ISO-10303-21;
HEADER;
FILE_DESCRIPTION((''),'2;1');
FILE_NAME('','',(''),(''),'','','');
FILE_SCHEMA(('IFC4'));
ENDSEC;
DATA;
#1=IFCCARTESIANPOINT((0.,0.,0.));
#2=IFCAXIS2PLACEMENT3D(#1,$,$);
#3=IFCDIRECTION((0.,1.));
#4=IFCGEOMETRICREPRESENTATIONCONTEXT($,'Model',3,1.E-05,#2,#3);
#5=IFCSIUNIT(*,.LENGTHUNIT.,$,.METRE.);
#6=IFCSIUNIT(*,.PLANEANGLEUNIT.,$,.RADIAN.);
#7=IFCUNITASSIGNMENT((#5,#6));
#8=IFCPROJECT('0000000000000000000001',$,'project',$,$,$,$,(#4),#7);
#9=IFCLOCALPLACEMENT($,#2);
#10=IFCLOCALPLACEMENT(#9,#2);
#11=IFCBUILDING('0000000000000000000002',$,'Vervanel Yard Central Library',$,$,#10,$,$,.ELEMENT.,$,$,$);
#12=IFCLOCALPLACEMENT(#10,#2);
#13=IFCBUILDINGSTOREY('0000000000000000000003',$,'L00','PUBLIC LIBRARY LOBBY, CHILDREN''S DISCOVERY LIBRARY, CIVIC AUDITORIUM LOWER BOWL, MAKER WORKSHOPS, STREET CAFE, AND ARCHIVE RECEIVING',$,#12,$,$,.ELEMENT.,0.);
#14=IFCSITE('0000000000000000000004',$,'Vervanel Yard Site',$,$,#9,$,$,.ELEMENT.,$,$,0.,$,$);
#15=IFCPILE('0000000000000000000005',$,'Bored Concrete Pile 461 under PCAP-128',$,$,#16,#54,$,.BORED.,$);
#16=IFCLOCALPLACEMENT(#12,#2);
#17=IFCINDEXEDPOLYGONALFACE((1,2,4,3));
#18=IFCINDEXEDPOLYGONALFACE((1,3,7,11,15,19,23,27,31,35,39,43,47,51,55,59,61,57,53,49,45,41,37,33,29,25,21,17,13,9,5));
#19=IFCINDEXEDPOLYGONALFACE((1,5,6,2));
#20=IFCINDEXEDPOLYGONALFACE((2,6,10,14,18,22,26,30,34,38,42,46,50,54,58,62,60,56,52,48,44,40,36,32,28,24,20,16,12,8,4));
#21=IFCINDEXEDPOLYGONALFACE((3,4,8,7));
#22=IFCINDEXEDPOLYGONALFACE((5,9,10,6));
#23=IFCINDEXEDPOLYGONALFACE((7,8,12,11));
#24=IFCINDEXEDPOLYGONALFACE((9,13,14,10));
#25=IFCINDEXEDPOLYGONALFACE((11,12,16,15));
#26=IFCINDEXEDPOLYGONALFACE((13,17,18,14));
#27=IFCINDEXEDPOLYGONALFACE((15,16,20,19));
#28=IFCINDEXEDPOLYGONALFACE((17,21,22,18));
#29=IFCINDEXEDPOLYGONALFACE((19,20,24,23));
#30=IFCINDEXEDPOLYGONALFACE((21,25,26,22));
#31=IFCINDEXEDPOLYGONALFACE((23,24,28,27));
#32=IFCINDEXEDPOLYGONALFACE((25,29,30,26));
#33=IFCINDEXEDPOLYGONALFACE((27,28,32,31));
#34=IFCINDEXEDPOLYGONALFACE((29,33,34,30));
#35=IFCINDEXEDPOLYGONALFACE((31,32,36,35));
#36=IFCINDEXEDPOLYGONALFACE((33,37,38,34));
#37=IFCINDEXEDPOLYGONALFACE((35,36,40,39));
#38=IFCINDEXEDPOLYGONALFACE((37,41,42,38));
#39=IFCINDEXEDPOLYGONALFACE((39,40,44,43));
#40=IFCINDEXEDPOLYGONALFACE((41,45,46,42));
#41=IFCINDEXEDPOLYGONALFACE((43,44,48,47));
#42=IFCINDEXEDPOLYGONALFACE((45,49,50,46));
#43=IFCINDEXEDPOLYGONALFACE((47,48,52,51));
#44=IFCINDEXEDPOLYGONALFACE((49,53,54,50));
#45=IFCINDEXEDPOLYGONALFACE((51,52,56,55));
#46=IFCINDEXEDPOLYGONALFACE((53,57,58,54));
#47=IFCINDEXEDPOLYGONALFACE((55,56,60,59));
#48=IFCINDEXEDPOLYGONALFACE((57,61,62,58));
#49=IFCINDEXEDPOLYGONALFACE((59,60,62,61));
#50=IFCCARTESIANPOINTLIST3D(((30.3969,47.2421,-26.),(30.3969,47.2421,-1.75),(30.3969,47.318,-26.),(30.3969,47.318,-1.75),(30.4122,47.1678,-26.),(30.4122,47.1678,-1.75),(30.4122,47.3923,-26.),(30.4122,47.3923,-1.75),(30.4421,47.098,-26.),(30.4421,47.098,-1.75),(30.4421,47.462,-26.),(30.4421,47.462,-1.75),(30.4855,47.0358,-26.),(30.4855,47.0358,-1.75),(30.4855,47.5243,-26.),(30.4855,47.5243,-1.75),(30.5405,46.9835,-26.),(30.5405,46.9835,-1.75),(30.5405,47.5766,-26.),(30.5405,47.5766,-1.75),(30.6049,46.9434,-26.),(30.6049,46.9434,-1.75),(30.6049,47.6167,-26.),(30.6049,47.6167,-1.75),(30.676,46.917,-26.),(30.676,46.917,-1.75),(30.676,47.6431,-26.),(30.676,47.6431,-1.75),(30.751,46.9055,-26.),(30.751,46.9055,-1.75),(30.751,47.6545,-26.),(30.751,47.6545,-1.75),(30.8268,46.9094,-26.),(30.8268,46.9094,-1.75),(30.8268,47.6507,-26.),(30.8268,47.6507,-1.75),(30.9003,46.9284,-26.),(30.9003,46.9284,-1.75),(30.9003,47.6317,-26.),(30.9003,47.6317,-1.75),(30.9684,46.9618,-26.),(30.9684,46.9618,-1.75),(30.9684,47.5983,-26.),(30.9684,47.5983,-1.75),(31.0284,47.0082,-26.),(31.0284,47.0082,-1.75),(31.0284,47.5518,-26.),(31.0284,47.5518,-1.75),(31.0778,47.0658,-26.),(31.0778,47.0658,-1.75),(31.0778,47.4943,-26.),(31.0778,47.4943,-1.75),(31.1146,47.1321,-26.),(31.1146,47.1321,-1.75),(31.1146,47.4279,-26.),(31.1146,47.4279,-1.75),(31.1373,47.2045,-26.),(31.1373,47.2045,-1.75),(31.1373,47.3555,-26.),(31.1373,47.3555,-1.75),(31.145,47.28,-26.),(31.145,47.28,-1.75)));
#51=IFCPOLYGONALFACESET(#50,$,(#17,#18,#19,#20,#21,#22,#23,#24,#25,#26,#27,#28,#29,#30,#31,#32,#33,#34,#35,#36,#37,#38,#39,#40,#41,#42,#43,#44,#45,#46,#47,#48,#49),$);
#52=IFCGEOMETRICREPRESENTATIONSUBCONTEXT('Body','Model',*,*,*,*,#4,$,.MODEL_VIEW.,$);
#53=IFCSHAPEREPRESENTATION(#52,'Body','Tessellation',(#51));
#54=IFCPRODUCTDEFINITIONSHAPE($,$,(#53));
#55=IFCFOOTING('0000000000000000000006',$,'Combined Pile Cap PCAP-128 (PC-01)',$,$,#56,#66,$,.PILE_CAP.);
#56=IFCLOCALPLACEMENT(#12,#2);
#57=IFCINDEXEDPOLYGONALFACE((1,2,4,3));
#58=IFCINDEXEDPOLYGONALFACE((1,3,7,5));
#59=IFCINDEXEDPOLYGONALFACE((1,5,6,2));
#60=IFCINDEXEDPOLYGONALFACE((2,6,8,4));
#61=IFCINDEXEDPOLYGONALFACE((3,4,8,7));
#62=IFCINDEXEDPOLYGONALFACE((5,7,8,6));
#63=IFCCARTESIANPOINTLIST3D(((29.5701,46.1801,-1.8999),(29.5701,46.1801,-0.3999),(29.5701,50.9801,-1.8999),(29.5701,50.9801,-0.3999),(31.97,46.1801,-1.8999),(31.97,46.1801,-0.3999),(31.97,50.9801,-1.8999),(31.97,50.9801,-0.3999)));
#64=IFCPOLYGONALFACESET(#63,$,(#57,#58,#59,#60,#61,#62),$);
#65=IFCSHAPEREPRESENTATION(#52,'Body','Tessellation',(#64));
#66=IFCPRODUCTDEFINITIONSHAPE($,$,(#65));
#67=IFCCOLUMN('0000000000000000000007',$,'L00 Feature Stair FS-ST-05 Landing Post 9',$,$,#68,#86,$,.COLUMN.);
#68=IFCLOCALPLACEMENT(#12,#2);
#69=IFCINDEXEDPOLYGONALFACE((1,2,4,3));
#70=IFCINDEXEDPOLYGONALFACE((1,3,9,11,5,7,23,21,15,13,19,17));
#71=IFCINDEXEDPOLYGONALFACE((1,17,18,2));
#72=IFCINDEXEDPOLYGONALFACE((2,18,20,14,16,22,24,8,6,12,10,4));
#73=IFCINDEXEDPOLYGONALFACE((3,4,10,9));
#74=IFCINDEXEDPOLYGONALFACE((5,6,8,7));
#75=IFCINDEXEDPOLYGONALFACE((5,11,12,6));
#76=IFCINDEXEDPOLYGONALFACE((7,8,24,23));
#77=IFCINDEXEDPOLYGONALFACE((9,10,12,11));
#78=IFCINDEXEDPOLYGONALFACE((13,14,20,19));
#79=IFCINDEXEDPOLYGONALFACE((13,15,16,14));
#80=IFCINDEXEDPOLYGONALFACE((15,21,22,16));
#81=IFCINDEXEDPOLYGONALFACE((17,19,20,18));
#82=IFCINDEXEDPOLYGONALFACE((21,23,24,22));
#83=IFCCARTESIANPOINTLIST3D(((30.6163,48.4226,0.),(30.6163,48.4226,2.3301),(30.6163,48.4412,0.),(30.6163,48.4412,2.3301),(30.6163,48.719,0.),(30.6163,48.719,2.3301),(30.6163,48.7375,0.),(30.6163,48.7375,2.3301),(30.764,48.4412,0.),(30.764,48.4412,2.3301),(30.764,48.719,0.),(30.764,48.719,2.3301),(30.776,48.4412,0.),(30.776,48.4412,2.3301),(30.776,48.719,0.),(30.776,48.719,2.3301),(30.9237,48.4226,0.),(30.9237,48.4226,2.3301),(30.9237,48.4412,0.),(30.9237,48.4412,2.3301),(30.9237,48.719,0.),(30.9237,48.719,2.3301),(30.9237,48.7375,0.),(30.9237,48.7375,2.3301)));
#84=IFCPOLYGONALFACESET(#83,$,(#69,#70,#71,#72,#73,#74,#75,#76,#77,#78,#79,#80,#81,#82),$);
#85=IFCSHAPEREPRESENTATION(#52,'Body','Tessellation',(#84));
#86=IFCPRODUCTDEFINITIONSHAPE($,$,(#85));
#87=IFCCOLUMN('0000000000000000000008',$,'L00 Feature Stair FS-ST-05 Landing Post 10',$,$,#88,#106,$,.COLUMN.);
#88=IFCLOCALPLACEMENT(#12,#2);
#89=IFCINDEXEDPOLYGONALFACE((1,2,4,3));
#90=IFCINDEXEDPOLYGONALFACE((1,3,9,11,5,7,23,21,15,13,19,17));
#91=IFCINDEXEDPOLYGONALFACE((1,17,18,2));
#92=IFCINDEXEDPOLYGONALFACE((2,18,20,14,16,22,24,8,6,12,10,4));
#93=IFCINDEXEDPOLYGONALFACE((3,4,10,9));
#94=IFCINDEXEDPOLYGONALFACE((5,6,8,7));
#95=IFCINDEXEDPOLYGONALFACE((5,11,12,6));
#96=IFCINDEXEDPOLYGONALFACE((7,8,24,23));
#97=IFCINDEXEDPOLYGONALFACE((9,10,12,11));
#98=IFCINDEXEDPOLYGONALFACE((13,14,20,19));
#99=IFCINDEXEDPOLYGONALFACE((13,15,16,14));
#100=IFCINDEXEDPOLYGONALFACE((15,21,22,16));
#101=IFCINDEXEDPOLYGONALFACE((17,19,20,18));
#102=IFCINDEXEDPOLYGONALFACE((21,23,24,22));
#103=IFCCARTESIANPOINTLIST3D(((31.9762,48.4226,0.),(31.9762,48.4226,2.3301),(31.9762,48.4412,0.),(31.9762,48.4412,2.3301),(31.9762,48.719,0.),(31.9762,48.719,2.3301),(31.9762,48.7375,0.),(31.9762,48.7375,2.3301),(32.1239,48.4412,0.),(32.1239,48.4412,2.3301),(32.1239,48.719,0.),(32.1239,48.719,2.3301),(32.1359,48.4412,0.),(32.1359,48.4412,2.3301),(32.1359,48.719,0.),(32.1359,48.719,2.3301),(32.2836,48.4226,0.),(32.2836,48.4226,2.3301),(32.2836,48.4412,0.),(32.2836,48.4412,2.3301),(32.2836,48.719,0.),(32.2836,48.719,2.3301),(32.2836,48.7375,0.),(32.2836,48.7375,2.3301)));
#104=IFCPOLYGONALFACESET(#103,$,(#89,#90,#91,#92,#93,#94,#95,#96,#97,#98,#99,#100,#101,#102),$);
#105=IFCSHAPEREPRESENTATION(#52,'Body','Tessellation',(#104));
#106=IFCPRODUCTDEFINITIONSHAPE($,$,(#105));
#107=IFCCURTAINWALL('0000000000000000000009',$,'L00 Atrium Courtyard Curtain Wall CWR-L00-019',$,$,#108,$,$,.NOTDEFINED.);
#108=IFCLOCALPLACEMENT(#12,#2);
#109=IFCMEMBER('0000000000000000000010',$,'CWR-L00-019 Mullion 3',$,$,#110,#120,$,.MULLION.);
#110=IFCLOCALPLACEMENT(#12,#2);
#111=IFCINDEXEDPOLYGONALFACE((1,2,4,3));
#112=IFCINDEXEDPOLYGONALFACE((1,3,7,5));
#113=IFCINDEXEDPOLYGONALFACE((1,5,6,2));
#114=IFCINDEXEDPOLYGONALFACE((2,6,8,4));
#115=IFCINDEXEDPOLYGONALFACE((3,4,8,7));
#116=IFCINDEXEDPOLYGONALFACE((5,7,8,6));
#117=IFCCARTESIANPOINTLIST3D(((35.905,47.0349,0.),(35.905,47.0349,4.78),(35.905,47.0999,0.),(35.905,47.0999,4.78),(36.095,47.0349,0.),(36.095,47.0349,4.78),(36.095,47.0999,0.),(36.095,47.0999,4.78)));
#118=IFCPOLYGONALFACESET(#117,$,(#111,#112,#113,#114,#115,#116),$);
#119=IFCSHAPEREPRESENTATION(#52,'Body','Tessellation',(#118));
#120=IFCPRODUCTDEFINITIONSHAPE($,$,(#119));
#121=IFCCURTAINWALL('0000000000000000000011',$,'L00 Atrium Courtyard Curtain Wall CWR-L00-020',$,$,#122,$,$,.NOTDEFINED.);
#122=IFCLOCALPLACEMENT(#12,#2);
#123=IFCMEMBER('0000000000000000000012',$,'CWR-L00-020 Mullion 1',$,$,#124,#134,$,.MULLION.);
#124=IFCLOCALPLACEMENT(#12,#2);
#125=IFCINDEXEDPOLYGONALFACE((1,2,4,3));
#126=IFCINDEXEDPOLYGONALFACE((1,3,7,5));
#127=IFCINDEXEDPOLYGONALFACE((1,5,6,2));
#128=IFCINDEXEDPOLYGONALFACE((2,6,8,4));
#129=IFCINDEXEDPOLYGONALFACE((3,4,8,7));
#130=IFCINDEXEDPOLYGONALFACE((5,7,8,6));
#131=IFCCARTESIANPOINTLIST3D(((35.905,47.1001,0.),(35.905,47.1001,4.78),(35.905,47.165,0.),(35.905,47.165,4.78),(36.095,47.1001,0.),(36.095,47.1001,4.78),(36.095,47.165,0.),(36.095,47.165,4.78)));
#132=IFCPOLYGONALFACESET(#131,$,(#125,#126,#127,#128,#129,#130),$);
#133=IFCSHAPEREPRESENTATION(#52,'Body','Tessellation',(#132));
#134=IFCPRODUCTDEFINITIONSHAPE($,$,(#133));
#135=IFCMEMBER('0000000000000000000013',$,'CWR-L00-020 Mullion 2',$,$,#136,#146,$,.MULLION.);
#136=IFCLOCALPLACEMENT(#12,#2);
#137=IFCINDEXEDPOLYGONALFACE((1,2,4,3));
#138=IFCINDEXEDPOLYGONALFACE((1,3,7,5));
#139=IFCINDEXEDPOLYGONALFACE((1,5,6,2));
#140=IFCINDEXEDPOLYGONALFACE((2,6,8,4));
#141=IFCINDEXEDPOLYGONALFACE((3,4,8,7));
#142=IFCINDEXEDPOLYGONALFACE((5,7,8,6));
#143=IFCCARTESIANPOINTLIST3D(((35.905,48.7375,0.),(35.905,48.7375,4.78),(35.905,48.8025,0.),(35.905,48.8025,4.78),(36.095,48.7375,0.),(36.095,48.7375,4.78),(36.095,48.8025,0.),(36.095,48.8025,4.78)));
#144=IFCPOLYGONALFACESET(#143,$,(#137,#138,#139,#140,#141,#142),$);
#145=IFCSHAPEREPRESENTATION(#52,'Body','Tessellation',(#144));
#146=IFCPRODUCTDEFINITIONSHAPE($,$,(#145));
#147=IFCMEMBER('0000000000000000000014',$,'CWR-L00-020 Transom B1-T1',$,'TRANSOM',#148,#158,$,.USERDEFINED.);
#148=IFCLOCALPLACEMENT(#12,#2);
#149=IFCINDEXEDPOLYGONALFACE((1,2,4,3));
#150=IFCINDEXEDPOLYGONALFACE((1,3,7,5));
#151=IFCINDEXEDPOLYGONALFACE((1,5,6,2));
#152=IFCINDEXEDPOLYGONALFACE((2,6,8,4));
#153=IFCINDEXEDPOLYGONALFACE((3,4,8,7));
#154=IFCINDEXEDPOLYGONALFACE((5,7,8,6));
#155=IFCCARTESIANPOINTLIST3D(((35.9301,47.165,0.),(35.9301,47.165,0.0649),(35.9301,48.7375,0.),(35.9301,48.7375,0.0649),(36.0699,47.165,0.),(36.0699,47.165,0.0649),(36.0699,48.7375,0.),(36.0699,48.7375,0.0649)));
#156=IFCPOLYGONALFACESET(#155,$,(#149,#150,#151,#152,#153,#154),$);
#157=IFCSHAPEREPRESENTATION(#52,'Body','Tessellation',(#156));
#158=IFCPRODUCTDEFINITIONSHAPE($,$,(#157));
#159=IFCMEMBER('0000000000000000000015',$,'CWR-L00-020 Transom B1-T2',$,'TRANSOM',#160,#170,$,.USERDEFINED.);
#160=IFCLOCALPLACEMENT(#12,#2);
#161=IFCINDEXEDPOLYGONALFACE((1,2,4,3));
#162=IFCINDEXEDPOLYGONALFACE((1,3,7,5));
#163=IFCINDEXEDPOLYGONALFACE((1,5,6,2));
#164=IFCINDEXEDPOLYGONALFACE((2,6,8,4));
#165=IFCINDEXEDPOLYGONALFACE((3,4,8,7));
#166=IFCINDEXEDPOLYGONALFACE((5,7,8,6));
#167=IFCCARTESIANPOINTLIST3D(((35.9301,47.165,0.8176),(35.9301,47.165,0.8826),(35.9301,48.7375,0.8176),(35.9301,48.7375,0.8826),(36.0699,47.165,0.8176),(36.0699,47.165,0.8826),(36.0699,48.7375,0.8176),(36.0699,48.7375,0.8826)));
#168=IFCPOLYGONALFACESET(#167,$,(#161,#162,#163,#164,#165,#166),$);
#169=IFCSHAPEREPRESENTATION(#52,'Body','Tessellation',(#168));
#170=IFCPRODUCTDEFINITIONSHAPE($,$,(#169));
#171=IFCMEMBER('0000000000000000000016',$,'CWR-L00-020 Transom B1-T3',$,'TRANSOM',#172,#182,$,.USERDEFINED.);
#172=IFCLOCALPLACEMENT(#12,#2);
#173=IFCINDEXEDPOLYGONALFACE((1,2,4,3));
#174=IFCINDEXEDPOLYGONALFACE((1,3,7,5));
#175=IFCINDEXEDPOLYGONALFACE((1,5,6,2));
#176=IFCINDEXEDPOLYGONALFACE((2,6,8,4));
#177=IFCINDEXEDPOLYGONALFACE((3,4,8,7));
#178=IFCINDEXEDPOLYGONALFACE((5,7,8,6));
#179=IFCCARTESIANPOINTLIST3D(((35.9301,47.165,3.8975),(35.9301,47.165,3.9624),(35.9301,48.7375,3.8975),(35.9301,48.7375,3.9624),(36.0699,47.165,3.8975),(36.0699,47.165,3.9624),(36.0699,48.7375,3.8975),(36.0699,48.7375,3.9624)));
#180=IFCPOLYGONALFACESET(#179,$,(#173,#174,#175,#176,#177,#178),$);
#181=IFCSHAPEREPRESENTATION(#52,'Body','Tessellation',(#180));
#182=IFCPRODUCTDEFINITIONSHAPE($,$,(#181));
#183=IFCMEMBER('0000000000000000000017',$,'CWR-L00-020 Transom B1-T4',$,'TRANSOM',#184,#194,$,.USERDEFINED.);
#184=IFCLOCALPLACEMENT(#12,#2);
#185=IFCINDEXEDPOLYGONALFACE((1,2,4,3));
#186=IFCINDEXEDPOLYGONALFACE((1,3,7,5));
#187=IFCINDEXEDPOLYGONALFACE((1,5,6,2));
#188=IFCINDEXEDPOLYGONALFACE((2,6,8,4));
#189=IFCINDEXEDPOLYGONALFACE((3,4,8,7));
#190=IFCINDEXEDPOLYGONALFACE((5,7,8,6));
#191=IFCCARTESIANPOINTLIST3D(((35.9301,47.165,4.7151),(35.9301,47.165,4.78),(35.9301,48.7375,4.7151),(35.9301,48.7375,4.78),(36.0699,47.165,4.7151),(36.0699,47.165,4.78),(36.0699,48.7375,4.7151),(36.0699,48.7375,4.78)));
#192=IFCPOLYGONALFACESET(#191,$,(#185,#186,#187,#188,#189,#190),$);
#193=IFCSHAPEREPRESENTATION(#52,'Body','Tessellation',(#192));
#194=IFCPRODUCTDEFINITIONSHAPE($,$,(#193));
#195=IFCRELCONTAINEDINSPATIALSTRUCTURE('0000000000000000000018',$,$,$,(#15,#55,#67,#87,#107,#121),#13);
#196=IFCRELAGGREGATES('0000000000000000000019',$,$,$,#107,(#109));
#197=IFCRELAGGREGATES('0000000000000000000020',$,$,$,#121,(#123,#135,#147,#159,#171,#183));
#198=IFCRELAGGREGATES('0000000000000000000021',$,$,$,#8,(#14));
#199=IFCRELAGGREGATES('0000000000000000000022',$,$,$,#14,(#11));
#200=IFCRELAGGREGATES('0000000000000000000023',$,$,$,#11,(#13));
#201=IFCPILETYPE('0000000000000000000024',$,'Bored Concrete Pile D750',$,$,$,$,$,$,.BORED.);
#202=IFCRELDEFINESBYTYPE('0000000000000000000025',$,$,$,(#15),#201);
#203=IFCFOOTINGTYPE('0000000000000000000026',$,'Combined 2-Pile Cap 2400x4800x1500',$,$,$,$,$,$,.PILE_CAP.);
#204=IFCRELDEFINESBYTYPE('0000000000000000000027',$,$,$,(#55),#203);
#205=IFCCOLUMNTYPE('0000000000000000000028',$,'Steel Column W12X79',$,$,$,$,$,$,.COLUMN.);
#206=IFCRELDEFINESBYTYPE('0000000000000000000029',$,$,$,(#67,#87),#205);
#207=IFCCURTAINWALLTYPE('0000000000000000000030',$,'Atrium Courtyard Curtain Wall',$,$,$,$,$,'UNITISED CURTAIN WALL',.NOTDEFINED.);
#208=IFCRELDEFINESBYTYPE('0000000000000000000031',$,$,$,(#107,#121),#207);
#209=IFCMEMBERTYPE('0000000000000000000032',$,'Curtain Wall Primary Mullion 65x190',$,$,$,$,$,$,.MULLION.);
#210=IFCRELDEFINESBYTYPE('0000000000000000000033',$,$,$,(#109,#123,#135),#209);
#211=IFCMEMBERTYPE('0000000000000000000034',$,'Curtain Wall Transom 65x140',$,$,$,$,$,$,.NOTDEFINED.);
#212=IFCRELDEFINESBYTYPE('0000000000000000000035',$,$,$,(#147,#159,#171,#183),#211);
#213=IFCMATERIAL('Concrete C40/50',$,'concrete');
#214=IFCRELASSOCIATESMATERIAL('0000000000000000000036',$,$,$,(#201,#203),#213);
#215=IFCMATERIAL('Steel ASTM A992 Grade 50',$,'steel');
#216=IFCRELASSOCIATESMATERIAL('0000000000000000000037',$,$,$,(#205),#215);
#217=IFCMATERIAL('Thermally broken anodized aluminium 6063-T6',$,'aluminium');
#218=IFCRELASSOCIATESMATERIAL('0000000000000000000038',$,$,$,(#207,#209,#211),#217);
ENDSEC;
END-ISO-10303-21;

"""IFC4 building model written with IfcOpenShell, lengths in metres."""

from ifc_helpers import new_model, si_unit, direction, frame, origin, origin_2d, place, context, subcontext, project, spatial, rectangle, circle, i_section, extrude, material, material_profile, profile_set, type_object, element, aggregate, save


model = new_model("IFC4")

# Units and contexts
model_context = context("Model", 3, precision=1e-05, world=origin(), true_north=direction((0.0, 1.0)))
body_context = subcontext(model_context, "Body", "Model", "MODEL_VIEW")
ifc_project = project(units=[si_unit("LENGTHUNIT", "METRE"), si_unit("PLANEANGLEUNIT", "RADIAN")], contexts=[model_context])

# Site, building, storey
site_placement = place(None, origin())
site = spatial("IfcSite", under=ifc_project, at=site_placement, Name="Vervanel Yard Site", CompositionType="ELEMENT", RefElevation=0.0)
building_placement = place(site_placement, origin())
building = spatial("IfcBuilding", under=site, at=building_placement, Name="Vervanel Yard Central Library", CompositionType="ELEMENT")
storey_placement = place(building_placement, origin())
storey = spatial("IfcBuildingStorey", under=building, at=storey_placement, Name="L00", Description="PUBLIC LIBRARY LOBBY, CHILDREN'S DISCOVERY LIBRARY, CIVIC AUDITORIUM LOWER BOWL, MAKER WORKSHOPS, STREET CAFE, AND ARCHIVE RECEIVING", CompositionType="ELEMENT", Elevation=0.0)

# Pile
ifc_material_1 = material(Name="Concrete C40/50", Category="concrete")
ifc_material_profile_1 = material_profile(ifc_material_1, circle(Radius=0.375, at=origin_2d()), Name="BP D750", Category="concrete")
ifc_profile_set_1 = profile_set([ifc_material_profile_1], Name="Concrete C40/50")
pile_type = type_object("IfcPileType", Name="Bored Concrete Pile D750", PredefinedType="BORED", material=ifc_profile_set_1)
pile_placement = place(storey_placement, frame((30.77, 47.28, -1.75), z_axis=(0.0, 0.0, -1.0), x_axis=(1.0, 0.0, 0.0)))
element("IfcPile", 1, at=pile_placement, inside=storey, type_object=pile_type, Name="Bored Concrete Pile 461 under PCAP-128", PredefinedType="BORED", context=body_context, shape_type="SweptSolid", body=[
    extrude(circle(Radius=0.375, at=origin_2d()), origin(), (0.0, 0.0, 1.0), 24.25),
])

# Footing
footing_type = type_object("IfcFootingType", Name="Combined 2-Pile Cap 2400x4800x1500", PredefinedType="PILE_CAP", material=ifc_material_1)
footing_placement = place(storey_placement, frame((30.77, 48.5801, -1.8999), z_axis=(0.0, 0.0, 1.0), x_axis=(1.0, 0.0, 0.0)))
element("IfcFooting", 2, at=footing_placement, inside=storey, type_object=footing_type, Name="Combined Pile Cap PCAP-128 (PC-01)", PredefinedType="PILE_CAP", context=body_context, shape_type="SweptSolid", body=[
    extrude(rectangle(XDim=2.3999, YDim=4.8, at=origin_2d()), origin(), (0.0, 0.0, 1.0), 1.5),
])

# Columns
ifc_material_2 = material(Name="Steel ASTM A992 Grade 50", Category="steel")
ifc_material_profile_2 = material_profile(ifc_material_2, i_section(OverallWidth=0.3074, OverallDepth=0.3149, WebThickness=0.012, FlangeThickness=0.0186, at=origin_2d()), Name="W12X79", Category="steel")
ifc_profile_set_2 = profile_set([ifc_material_profile_2], Name="Steel ASTM A992 Grade 50")
column_type = type_object("IfcColumnType", Name="Steel Column W12X79", PredefinedType="COLUMN", material=ifc_profile_set_2)
for number, where, z_axis, x_axis, name in (
    (3, (30.77, 48.5801, 0.0), (0.0, 0.0, 1.0), (1.0, 0.0, 0.0), "L00 Feature Stair FS-ST-05 Landing Post 9"),
    (4, (32.1299, 48.5801, 0.0), (0.0, 0.0, 1.0), (1.0, 0.0, 0.0), "L00 Feature Stair FS-ST-05 Landing Post 10"),
):
    element("IfcColumn", number, at=place(storey_placement, frame(where, z_axis=z_axis, x_axis=x_axis)), inside=storey, type_object=column_type, Name=name, PredefinedType="COLUMN", context=body_context, shape_type="SweptSolid", body=[
        extrude(i_section(OverallWidth=0.3074, OverallDepth=0.3149, WebThickness=0.012, FlangeThickness=0.0186, at=origin_2d()), origin(), (0.0, 0.0, 1.0), 2.3301),
    ])

# Curtain wall, member
ifc_material_3 = material(Name="Thermally broken anodized aluminium 6063-T6", Category="aluminium")
curtain_wall_type = type_object("IfcCurtainWallType", Name="Atrium Courtyard Curtain Wall", ElementType="UNITISED CURTAIN WALL", PredefinedType="NOTDEFINED", material=ifc_material_3)
curtain_wall_1_placement = place(storey_placement, origin())
curtain_wall_1 = element("IfcCurtainWall", 5, at=curtain_wall_1_placement, inside=storey, type_object=curtain_wall_type, Name="L00 Atrium Courtyard Curtain Wall CWR-L00-019", PredefinedType="NOTDEFINED")
ifc_material_profile_3 = material_profile(ifc_material_3, rectangle(XDim=0.0649, YDim=0.1899, at=origin_2d()), Name="ALU 65x190", Category="aluminium")
ifc_profile_set_3 = profile_set([ifc_material_profile_3], Name="Thermally broken anodized aluminium 6063-T6")
member_type_1 = type_object("IfcMemberType", Name="Curtain Wall Primary Mullion 65x190", PredefinedType="MULLION", material=ifc_profile_set_3)
member_1_placement = place(storey_placement, frame((36.0, 47.0674, 0.0), z_axis=(0.0, 0.0, 1.0), x_axis=(0.0, 1.0, 0.0)))
member_1 = element("IfcMember", 6, at=member_1_placement, type_object=member_type_1, Name="CWR-L00-019 Mullion 3", PredefinedType="MULLION", context=body_context, shape_type="SweptSolid", body=[
    extrude(rectangle(XDim=0.0649, YDim=0.1899, at=origin_2d()), origin(), (0.0, 0.0, 1.0), 4.78),
])

# Curtain wall, members
curtain_wall_2_placement = place(storey_placement, origin())
curtain_wall_2 = element("IfcCurtainWall", 7, at=curtain_wall_2_placement, inside=storey, type_object=curtain_wall_type, Name="L00 Atrium Courtyard Curtain Wall CWR-L00-020", PredefinedType="NOTDEFINED")
member_2_placement = place(storey_placement, frame((36.0, 47.1326, 0.0), z_axis=(0.0, 0.0, 1.0), x_axis=(0.0, 1.0, 0.0)))
member_2 = element("IfcMember", 8, at=member_2_placement, type_object=member_type_1, Name="CWR-L00-020 Mullion 1", PredefinedType="MULLION", context=body_context, shape_type="SweptSolid", body=[
    extrude(rectangle(XDim=0.0649, YDim=0.1899, at=origin_2d()), origin(), (0.0, 0.0, 1.0), 4.78),
])
member_3_placement = place(storey_placement, frame((36.0, 48.77, 0.0), z_axis=(0.0, 0.0, 1.0), x_axis=(0.0, 1.0, 0.0)))
member_3 = element("IfcMember", 9, at=member_3_placement, type_object=member_type_1, Name="CWR-L00-020 Mullion 2", PredefinedType="MULLION", context=body_context, shape_type="SweptSolid", body=[
    extrude(rectangle(XDim=0.0649, YDim=0.1899, at=origin_2d()), origin(), (0.0, 0.0, 1.0), 4.78),
])
ifc_material_profile_4 = material_profile(ifc_material_3, rectangle(XDim=0.0649, YDim=0.1399, at=origin_2d()), Name="ALU 65x140", Category="aluminium")
ifc_profile_set_4 = profile_set([ifc_material_profile_4], Name="Thermally broken anodized aluminium 6063-T6")
member_type_2 = type_object("IfcMemberType", Name="Curtain Wall Transom 65x140", PredefinedType="NOTDEFINED", material=ifc_profile_set_4)
member_4_placement = place(storey_placement, frame((36.0, 47.165, 0.0325), z_axis=(0.0, 1.0, 0.0), x_axis=(0.0, 0.0, 1.0)))
member_4 = element("IfcMember", 10, at=member_4_placement, type_object=member_type_2, Name="CWR-L00-020 Transom B1-T1", ObjectType="TRANSOM", PredefinedType="USERDEFINED", context=body_context, shape_type="SweptSolid", body=[
    extrude(rectangle(XDim=0.0649, YDim=0.1399, at=origin_2d()), origin(), (0.0, 0.0, 1.0), 1.5725),
])
member_5_placement = place(storey_placement, frame((36.0, 47.165, 0.8501), z_axis=(0.0, 1.0, 0.0), x_axis=(0.0, 0.0, 1.0)))
member_5 = element("IfcMember", 11, at=member_5_placement, type_object=member_type_2, Name="CWR-L00-020 Transom B1-T2", ObjectType="TRANSOM", PredefinedType="USERDEFINED", context=body_context, shape_type="SweptSolid", body=[
    extrude(rectangle(XDim=0.0649, YDim=0.1399, at=origin_2d()), origin(), (0.0, 0.0, 1.0), 1.5725),
])
member_6_placement = place(storey_placement, frame((36.0, 47.165, 3.9299), z_axis=(0.0, 1.0, 0.0), x_axis=(0.0, 0.0, 1.0)))
member_6 = element("IfcMember", 12, at=member_6_placement, type_object=member_type_2, Name="CWR-L00-020 Transom B1-T3", ObjectType="TRANSOM", PredefinedType="USERDEFINED", context=body_context, shape_type="SweptSolid", body=[
    extrude(rectangle(XDim=0.0649, YDim=0.1399, at=origin_2d()), origin(), (0.0, 0.0, 1.0), 1.5725),
])
member_7_placement = place(storey_placement, frame((36.0, 47.165, 4.7476), z_axis=(0.0, 1.0, 0.0), x_axis=(0.0, 0.0, 1.0)))
member_7 = element("IfcMember", 13, at=member_7_placement, type_object=member_type_2, Name="CWR-L00-020 Transom B1-T4", ObjectType="TRANSOM", PredefinedType="USERDEFINED", context=body_context, shape_type="SweptSolid", body=[
    extrude(rectangle(XDim=0.0649, YDim=0.1399, at=origin_2d()), origin(), (0.0, 0.0, 1.0), 1.5725),
])

aggregate(curtain_wall_1, [member_1])
aggregate(curtain_wall_2, [member_2, member_3, member_4, member_5, member_6, member_7])

save(model, "model.ifc")
